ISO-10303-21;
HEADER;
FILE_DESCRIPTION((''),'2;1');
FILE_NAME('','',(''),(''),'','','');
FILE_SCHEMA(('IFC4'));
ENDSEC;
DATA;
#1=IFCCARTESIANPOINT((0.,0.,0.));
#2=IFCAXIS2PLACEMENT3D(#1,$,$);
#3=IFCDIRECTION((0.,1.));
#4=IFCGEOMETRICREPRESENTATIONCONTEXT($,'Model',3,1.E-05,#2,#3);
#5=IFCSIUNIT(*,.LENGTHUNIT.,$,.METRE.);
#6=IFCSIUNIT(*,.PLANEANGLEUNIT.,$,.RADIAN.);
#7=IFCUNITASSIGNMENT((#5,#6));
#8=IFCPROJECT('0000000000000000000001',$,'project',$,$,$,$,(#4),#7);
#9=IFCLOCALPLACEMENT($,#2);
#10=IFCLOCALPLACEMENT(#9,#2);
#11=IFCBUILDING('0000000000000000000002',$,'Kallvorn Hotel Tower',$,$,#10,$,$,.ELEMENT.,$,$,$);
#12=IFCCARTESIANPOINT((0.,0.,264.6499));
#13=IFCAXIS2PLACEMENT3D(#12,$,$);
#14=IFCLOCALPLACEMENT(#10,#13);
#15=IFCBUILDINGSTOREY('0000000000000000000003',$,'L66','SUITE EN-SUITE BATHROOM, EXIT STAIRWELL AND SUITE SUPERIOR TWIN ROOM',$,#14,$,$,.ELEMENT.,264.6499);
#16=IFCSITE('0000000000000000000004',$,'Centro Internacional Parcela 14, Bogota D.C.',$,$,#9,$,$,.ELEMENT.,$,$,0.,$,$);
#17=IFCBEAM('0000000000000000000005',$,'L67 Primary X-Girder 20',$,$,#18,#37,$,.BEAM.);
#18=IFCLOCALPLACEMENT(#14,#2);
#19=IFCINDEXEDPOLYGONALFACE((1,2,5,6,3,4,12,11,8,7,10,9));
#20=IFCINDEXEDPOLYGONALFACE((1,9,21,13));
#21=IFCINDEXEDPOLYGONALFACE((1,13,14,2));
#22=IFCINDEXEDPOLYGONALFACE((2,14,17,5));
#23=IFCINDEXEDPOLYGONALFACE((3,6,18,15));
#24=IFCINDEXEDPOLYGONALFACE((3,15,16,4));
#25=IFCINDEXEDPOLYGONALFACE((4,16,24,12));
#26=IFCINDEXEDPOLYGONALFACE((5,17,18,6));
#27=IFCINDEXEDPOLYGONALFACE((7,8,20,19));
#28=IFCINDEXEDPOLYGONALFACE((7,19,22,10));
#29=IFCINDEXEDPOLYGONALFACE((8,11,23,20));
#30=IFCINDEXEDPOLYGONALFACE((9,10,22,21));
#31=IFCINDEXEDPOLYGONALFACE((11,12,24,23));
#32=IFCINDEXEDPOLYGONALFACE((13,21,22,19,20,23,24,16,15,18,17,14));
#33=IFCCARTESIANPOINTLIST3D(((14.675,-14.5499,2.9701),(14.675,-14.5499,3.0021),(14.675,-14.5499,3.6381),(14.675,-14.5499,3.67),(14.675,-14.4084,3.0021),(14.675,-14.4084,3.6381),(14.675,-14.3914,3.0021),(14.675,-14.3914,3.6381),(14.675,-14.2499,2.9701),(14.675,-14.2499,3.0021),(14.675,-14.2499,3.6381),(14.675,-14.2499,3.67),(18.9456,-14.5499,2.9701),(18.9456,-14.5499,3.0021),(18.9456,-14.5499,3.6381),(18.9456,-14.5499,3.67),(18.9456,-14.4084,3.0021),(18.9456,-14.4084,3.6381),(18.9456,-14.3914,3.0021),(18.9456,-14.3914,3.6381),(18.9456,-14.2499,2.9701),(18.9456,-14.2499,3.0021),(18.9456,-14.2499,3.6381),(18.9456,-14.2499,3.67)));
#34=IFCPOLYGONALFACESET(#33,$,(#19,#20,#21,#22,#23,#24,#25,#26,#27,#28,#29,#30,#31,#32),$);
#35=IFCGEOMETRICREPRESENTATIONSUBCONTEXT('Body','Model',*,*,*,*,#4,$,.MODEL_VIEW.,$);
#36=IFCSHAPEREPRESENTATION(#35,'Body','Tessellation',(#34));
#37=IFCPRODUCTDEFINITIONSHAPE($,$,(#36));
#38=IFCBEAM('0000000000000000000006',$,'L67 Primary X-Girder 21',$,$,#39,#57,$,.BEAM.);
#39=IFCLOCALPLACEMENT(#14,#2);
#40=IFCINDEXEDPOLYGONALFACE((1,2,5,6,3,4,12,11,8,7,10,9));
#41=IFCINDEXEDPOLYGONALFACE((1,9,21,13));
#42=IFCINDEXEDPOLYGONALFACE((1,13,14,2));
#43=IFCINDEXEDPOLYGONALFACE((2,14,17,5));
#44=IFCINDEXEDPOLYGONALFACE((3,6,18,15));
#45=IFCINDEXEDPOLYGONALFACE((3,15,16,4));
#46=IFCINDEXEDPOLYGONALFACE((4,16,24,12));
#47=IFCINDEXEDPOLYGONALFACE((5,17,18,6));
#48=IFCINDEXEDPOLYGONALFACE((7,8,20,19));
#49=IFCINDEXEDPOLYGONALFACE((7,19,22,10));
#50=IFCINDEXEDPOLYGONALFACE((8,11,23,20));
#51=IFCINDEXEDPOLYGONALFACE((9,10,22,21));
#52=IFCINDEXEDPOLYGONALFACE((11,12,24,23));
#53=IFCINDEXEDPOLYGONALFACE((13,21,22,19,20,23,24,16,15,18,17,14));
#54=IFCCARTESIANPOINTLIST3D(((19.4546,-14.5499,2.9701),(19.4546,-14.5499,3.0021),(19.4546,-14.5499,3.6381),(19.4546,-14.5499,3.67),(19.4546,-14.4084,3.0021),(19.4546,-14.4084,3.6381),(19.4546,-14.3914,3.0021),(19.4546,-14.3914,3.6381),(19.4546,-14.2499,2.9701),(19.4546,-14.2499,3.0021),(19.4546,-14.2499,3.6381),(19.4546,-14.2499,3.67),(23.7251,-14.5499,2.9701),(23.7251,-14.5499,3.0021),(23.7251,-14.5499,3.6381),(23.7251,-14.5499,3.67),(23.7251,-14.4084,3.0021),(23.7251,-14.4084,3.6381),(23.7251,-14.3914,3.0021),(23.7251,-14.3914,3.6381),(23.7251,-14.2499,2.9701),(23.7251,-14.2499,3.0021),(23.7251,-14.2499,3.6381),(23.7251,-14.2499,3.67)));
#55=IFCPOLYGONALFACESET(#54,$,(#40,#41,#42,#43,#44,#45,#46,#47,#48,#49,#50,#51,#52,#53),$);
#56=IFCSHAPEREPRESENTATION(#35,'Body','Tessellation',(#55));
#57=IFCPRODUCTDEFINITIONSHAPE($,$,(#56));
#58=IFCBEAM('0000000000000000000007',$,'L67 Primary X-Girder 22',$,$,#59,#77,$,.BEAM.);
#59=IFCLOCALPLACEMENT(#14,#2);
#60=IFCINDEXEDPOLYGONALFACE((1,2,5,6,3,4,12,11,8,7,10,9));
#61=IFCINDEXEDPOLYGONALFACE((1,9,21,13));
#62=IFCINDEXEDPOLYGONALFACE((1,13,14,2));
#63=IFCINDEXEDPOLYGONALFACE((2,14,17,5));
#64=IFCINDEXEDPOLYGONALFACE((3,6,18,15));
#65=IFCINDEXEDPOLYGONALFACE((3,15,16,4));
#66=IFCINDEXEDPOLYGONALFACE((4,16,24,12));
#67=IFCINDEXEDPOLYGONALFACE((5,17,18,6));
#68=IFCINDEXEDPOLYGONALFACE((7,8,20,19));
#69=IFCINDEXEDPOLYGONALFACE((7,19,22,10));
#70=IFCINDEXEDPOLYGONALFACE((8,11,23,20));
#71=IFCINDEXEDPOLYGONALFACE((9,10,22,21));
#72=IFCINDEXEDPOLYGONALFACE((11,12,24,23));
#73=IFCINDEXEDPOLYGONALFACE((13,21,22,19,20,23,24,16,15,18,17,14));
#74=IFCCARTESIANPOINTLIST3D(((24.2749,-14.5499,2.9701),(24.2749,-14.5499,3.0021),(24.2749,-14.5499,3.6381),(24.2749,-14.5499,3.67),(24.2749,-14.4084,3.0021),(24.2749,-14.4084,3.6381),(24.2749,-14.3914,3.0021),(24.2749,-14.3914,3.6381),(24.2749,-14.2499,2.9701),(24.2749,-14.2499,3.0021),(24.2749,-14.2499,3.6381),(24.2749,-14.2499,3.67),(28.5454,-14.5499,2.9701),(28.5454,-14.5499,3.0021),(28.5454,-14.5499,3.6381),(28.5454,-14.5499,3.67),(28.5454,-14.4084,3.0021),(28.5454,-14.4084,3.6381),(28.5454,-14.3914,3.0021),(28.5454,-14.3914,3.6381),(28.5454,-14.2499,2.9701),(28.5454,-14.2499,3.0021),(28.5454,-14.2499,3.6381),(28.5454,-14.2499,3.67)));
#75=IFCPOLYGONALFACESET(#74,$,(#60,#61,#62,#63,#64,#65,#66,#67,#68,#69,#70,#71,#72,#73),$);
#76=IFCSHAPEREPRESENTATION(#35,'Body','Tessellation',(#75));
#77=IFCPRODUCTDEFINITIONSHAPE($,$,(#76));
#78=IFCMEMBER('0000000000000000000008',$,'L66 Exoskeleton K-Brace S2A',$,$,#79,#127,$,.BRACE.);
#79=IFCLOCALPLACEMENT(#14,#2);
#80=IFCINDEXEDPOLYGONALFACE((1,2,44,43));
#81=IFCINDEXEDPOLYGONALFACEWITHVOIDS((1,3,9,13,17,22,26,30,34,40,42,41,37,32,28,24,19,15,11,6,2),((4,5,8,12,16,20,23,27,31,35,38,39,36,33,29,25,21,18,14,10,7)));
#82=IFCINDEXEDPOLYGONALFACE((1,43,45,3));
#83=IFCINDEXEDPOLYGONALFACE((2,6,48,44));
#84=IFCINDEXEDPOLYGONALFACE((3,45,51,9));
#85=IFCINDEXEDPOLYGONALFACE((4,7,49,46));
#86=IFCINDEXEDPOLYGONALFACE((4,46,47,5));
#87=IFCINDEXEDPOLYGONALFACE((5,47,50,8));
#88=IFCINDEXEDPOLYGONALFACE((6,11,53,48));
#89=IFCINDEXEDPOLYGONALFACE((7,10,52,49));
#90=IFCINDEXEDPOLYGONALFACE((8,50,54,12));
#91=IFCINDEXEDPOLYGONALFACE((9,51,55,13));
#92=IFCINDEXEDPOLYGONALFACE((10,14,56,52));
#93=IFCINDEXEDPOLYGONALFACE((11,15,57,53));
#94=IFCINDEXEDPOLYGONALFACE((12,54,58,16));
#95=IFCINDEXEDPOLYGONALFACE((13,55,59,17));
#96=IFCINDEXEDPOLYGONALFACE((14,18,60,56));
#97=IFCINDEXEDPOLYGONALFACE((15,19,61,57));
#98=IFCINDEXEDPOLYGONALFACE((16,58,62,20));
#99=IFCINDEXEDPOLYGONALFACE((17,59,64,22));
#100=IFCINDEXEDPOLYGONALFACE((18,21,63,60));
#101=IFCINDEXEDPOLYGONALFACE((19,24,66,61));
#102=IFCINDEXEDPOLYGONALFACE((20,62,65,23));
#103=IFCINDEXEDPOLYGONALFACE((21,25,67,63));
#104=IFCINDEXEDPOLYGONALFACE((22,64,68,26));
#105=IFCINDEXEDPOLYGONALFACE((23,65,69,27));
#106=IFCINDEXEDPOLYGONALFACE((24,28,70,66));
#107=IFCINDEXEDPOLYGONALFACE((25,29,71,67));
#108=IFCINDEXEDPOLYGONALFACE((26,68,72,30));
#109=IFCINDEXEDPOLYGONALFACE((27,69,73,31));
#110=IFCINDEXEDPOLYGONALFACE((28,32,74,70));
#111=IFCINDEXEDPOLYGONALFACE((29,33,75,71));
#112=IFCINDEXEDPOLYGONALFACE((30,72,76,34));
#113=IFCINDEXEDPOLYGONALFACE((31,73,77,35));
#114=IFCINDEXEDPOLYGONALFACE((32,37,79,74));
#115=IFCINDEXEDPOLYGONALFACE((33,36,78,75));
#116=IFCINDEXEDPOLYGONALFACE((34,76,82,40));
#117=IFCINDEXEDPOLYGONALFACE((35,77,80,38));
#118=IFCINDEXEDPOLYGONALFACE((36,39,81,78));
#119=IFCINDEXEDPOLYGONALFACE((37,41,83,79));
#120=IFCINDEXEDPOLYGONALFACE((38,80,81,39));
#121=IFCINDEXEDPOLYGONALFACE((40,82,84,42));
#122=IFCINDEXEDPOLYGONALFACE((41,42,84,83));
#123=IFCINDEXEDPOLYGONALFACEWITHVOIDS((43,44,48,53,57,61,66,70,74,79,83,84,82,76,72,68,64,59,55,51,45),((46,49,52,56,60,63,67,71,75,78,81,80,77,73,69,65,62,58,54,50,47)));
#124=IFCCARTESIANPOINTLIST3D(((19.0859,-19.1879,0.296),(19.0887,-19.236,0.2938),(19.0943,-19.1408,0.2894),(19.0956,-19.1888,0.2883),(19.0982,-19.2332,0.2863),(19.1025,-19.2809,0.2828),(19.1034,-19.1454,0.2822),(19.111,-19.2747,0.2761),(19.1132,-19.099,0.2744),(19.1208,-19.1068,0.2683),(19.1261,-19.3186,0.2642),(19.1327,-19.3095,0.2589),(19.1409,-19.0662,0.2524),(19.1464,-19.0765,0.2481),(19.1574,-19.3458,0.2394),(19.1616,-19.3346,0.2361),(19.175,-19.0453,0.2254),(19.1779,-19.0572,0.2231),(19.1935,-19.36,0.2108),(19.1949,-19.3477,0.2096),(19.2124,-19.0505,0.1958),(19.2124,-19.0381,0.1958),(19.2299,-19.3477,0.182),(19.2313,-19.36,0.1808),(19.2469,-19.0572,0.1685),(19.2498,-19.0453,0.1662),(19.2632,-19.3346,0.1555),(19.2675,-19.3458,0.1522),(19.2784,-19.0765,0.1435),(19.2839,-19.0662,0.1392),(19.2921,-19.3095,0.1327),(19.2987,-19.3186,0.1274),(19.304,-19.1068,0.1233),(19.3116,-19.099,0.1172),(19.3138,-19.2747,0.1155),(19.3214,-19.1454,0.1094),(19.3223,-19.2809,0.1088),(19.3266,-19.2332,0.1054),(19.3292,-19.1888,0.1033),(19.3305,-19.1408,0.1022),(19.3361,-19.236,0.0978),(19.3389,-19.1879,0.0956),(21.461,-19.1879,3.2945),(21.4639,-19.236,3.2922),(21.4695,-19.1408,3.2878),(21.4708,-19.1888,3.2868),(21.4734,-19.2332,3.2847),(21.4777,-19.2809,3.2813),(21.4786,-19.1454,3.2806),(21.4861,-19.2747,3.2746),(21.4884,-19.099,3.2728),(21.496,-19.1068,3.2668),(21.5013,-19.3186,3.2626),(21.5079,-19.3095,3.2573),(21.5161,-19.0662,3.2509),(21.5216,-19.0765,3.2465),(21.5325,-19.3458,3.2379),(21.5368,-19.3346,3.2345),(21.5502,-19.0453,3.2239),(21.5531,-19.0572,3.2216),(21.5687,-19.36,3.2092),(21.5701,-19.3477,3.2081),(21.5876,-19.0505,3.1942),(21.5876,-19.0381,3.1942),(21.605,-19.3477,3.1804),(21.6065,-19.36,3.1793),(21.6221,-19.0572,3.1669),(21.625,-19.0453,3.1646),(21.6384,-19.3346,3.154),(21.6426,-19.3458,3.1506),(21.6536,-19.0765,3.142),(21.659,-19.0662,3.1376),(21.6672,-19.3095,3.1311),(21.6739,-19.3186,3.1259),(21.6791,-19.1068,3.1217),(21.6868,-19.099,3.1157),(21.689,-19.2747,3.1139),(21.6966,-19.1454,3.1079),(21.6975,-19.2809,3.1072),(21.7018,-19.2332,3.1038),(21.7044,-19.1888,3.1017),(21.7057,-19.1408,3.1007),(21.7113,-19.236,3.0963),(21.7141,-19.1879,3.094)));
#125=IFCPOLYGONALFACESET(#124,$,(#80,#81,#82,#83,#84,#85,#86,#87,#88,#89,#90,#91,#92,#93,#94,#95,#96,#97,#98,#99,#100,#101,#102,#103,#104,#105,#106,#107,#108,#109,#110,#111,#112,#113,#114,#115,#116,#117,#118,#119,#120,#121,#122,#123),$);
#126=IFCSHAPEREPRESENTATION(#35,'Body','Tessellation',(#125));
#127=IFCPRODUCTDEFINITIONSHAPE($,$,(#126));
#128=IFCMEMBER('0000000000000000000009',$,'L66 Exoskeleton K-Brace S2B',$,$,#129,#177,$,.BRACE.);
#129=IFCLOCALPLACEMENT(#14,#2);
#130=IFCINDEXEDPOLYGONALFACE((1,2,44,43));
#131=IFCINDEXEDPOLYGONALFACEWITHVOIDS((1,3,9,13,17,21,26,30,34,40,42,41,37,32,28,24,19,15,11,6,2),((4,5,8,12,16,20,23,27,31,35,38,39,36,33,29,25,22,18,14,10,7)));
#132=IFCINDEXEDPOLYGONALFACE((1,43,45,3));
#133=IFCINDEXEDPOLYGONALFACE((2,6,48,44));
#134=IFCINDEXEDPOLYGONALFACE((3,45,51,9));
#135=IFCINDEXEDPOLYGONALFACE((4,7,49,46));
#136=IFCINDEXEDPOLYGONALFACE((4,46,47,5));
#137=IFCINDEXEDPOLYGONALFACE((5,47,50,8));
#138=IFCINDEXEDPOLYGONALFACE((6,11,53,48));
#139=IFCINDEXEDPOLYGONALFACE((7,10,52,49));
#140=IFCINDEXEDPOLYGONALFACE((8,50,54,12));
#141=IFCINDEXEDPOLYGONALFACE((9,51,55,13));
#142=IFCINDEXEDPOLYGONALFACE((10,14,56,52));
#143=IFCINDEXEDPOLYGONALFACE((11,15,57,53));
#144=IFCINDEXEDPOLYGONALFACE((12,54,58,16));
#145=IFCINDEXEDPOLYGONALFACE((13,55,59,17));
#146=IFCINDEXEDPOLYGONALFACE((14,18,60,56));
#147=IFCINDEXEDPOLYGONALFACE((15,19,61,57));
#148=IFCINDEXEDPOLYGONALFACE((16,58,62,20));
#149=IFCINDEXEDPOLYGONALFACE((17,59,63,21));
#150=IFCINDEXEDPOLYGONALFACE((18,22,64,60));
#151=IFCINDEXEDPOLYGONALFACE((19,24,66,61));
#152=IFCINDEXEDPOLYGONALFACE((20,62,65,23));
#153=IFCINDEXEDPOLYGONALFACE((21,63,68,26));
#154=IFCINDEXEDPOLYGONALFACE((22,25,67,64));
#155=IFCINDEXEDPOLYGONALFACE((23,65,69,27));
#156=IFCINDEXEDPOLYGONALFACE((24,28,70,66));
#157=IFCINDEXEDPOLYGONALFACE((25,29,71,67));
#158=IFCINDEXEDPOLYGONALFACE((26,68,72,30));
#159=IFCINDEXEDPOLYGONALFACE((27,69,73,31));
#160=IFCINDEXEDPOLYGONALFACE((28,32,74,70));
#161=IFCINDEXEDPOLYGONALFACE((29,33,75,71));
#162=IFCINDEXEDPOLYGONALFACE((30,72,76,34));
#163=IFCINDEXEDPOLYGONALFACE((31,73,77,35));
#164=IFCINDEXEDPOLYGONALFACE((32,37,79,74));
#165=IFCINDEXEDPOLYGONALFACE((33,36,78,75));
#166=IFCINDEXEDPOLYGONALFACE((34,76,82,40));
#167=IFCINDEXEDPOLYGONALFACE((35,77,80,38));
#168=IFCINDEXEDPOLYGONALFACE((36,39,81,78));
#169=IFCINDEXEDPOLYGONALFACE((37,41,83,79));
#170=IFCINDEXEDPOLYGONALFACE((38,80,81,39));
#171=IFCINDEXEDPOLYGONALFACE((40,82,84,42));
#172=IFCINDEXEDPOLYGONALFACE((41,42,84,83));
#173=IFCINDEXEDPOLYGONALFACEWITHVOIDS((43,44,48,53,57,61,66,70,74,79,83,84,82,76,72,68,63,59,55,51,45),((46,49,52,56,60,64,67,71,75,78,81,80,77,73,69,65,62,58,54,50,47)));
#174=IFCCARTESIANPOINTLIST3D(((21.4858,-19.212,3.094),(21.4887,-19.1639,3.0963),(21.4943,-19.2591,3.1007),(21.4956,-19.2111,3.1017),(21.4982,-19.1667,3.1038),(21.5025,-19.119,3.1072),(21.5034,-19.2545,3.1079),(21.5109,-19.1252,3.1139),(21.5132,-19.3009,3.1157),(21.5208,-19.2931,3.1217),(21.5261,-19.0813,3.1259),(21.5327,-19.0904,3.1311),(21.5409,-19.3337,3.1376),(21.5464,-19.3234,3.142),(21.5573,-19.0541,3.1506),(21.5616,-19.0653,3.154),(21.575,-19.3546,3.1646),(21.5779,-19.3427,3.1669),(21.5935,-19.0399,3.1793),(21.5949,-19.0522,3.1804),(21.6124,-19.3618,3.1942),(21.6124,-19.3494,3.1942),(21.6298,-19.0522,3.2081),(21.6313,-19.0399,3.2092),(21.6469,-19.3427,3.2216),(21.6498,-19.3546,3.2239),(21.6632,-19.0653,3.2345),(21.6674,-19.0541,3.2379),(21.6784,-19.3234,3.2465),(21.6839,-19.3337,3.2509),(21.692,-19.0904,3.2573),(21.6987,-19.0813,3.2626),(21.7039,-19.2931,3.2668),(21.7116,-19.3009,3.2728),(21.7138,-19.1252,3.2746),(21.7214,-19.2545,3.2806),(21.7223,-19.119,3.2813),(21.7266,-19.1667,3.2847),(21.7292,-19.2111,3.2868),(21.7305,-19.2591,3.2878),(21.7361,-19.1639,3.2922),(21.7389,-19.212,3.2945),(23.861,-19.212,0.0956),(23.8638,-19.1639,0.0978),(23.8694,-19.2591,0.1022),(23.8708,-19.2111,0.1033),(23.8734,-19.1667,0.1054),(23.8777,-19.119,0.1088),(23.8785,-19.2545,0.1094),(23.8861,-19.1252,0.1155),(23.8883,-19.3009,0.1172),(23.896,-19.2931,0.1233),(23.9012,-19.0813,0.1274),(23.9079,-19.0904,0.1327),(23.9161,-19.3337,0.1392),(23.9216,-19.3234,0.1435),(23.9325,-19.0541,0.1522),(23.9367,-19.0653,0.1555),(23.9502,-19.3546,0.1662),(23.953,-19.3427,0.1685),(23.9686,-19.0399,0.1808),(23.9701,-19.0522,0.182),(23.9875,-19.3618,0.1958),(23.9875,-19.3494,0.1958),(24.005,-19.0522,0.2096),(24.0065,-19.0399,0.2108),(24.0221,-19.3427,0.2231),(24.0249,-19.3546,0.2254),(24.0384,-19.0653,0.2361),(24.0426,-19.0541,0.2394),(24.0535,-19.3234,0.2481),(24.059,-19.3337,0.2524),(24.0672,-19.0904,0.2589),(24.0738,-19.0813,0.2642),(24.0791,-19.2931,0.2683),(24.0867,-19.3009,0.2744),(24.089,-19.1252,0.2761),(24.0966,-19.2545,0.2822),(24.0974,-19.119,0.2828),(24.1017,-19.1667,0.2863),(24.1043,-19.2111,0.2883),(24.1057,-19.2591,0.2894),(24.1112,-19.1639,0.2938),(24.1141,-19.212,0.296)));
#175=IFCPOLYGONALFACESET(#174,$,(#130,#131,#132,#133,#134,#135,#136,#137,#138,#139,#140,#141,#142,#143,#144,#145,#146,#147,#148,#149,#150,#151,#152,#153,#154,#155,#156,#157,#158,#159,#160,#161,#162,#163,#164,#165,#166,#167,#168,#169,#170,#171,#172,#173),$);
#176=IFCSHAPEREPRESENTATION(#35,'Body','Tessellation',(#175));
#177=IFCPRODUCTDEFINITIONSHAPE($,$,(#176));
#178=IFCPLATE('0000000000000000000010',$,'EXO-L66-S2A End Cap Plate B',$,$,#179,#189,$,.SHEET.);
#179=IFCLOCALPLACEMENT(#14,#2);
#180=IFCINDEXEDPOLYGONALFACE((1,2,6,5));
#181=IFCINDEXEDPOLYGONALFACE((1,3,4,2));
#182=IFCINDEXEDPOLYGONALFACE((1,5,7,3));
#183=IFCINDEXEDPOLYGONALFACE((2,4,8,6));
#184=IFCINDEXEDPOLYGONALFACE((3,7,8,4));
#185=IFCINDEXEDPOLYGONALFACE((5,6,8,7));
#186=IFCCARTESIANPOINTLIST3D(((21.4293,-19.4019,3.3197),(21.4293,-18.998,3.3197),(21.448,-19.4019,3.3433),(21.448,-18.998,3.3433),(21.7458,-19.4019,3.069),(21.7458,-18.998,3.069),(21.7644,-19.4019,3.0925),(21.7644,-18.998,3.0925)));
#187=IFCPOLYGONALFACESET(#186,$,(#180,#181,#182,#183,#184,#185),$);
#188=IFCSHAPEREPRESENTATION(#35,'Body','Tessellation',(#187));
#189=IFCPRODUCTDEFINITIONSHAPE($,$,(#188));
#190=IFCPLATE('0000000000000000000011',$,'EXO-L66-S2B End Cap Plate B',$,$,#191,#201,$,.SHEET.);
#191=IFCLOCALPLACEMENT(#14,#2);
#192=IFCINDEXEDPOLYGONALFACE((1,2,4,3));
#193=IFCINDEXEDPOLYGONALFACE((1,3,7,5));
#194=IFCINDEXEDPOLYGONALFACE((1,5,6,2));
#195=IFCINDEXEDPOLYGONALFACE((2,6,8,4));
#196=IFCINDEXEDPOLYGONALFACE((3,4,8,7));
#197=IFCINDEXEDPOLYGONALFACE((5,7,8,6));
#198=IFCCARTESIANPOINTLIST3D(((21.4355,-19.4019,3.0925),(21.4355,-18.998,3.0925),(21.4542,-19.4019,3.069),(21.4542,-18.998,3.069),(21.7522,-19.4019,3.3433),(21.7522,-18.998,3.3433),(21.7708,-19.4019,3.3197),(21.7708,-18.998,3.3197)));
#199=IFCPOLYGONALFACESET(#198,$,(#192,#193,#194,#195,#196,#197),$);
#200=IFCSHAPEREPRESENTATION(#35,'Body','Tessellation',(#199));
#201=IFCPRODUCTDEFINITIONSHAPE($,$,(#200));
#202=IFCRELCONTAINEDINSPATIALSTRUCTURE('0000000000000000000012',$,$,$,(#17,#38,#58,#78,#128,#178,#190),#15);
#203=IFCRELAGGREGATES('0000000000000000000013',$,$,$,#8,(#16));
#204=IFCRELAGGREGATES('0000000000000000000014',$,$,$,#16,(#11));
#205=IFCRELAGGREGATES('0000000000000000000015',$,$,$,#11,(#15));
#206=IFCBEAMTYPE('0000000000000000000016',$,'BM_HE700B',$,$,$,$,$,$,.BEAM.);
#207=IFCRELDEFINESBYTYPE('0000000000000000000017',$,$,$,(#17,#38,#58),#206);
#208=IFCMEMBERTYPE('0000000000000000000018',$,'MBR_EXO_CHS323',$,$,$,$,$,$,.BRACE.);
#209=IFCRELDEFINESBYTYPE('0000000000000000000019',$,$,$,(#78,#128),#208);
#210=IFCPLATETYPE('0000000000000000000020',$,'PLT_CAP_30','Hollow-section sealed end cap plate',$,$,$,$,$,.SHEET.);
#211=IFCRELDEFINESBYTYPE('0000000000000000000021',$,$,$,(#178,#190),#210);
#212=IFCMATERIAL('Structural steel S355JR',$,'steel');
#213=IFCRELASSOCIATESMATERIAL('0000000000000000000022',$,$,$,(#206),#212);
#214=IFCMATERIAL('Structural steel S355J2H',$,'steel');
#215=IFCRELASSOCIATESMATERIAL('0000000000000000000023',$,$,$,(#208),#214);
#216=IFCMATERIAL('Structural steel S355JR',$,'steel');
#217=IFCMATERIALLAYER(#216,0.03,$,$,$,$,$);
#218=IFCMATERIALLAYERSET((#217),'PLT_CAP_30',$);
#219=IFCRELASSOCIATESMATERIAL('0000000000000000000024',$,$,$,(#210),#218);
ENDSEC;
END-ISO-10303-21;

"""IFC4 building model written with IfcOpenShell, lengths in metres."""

from ifc_helpers import new_model, si_unit, direction, frame, origin, origin_2d, place, context, subcontext, project, spatial, polyline, hollow_circle, i_section, outline, extrude, material, layer, layer_set, material_profile, profile_set, type_object, element, save


model = new_model("IFC4")

# Units and contexts
model_context = context("Model", 3, precision=1e-05, world=origin(), true_north=direction((0.0, 1.0)))
body_context = subcontext(model_context, "Body", "Model", "MODEL_VIEW")
ifc_project = project(units=[si_unit("LENGTHUNIT", "METRE"), si_unit("PLANEANGLEUNIT", "RADIAN")], contexts=[model_context])

# Site, building, storey
site_placement = place(None, origin())
site = spatial("IfcSite", under=ifc_project, at=site_placement, Name="Centro Internacional Parcela 14, Bogota D.C.", CompositionType="ELEMENT", RefElevation=0.0)
building_placement = place(site_placement, origin())
building = spatial("IfcBuilding", under=site, at=building_placement, Name="Kallvorn Hotel Tower", CompositionType="ELEMENT")
storey_placement = place(building_placement, frame((0.0, 0.0, 264.6499)))
storey = spatial("IfcBuildingStorey", under=building, at=storey_placement, Name="L66", Description="SUITE EN-SUITE BATHROOM, EXIT STAIRWELL AND SUITE SUPERIOR TWIN ROOM", CompositionType="ELEMENT", Elevation=264.6499)

# Beams
ifc_material_1 = material(Name="Structural steel S355JR", Category="steel")
ifc_material_profile_1 = material_profile(ifc_material_1, i_section(OverallWidth=0.3, OverallDepth=0.7, WebThickness=0.0171, FlangeThickness=0.032, at=origin_2d()), Name="HE 700 B")
ifc_profile_set_1 = profile_set([ifc_material_profile_1], Name="Structural steel S355JR")
beam_type_1 = type_object("IfcBeamType", Name="BM_HE700B", PredefinedType="BEAM", material=ifc_profile_set_1)
for number, where, z_axis, x_axis, name in (
    (1, (14.675, -14.3999, 3.3201), (1.0, 0.0, 0.0), (0.0, 1.0, 0.0), "L67 Primary X-Girder 20"),
    (2, (19.4546, -14.3999, 3.3201), (1.0, 0.0, 0.0), (0.0, 1.0, 0.0), "L67 Primary X-Girder 21"),
    (3, (24.2749, -14.3999, 3.3201), (1.0, 0.0, 0.0), (0.0, 1.0, 0.0), "L67 Primary X-Girder 22"),
):
    element("IfcBeam", number, at=place(storey_placement, frame(where, z_axis=z_axis, x_axis=x_axis)), inside=storey, type_object=beam_type_1, Name=name, PredefinedType="BEAM", context=body_context, shape_type="SweptSolid", body=[
        extrude(i_section(OverallWidth=0.3, OverallDepth=0.7, WebThickness=0.0171, FlangeThickness=0.032, at=origin_2d()), origin(), (0.0, 0.0, 1.0), 4.2705),
    ])

# Members
ifc_material_2 = material(Name="Structural steel S355J2H", Category="steel")
ifc_material_profile_2 = material_profile(ifc_material_2, hollow_circle(Radius=0.1619, WallThickness=0.0125, at=origin_2d()), Name="CHS 323.9x12.5")
ifc_profile_set_2 = profile_set([ifc_material_profile_2], Name="Structural steel S355J2H")
member_type = type_object("IfcMemberType", Name="MBR_EXO_CHS323", PredefinedType="BRACE", material=ifc_profile_set_2)
for number, where, z_axis, x_axis, name in (
    (4, (19.2124, -19.2, 0.1958), (0.620929, 0.0, 0.783867), (0.0, 1.0, 0.0), "L66 Exoskeleton K-Brace S2A"),
    (5, (23.9875, -19.2, 0.1958), (-0.620929, 0.0, 0.783867), (0.0, -1.0, 0.0), "L66 Exoskeleton K-Brace S2B"),
):
    element("IfcMember", number, at=place(storey_placement, frame(where, z_axis=z_axis, x_axis=x_axis)), inside=storey, type_object=member_type, Name=name, PredefinedType="BRACE", context=body_context, shape_type="SweptSolid", body=[
        extrude(hollow_circle(Radius=0.1619, WallThickness=0.0125, at=origin_2d()), origin(), (0.0, 0.0, 1.0), 3.8252),
    ])

# Plates
ifc_material_3 = material(Name="Structural steel S355JR", Category="steel")
ifc_layer_1 = layer(ifc_material_3, 0.03)
ifc_layer_set_1 = layer_set([ifc_layer_1], Name="PLT_CAP_30")
plate_type_1 = type_object("IfcPlateType", Name="PLT_CAP_30", Description="Hollow-section sealed end cap plate", PredefinedType="SHEET", material=ifc_layer_set_1)
plate_1_placement = place(storey_placement, frame((21.7644, -19.4019, 3.0925), z_axis=(0.621075, 0.0, 0.783751), x_axis=(0.0, 1.0, 0.0)))
element("IfcPlate", 6, at=plate_1_placement, inside=storey, type_object=plate_type_1, Name="EXO-L66-S2A End Cap Plate B", PredefinedType="SHEET", context=body_context, shape_type="SweptSolid", body=[
    extrude(outline(polyline([(0.0, 0.0), (0.4038, 0.0), (0.4038, 0.4037), (0.0, 0.4037), (0.0, 0.0)])), origin(), (0.0, 0.0, -1.0), 0.03),
])
plate_2_placement = place(storey_placement, frame((21.4355, -18.998, 3.0925), z_axis=(-0.62078, 0.0, 0.783985), x_axis=(0.0, -1.0, 0.0)))
element("IfcPlate", 7, at=plate_2_placement, inside=storey, type_object=plate_type_1, Name="EXO-L66-S2B End Cap Plate B", PredefinedType="SHEET", context=body_context, shape_type="SweptSolid", body=[
    extrude(outline(polyline([(0.0, 0.0), (0.4038, 0.0), (0.4038, 0.4039), (0.0, 0.4039), (0.0, 0.0)])), origin(), (0.0, 0.0, -1.0), 0.03),
])

save(model, "model.ifc")
